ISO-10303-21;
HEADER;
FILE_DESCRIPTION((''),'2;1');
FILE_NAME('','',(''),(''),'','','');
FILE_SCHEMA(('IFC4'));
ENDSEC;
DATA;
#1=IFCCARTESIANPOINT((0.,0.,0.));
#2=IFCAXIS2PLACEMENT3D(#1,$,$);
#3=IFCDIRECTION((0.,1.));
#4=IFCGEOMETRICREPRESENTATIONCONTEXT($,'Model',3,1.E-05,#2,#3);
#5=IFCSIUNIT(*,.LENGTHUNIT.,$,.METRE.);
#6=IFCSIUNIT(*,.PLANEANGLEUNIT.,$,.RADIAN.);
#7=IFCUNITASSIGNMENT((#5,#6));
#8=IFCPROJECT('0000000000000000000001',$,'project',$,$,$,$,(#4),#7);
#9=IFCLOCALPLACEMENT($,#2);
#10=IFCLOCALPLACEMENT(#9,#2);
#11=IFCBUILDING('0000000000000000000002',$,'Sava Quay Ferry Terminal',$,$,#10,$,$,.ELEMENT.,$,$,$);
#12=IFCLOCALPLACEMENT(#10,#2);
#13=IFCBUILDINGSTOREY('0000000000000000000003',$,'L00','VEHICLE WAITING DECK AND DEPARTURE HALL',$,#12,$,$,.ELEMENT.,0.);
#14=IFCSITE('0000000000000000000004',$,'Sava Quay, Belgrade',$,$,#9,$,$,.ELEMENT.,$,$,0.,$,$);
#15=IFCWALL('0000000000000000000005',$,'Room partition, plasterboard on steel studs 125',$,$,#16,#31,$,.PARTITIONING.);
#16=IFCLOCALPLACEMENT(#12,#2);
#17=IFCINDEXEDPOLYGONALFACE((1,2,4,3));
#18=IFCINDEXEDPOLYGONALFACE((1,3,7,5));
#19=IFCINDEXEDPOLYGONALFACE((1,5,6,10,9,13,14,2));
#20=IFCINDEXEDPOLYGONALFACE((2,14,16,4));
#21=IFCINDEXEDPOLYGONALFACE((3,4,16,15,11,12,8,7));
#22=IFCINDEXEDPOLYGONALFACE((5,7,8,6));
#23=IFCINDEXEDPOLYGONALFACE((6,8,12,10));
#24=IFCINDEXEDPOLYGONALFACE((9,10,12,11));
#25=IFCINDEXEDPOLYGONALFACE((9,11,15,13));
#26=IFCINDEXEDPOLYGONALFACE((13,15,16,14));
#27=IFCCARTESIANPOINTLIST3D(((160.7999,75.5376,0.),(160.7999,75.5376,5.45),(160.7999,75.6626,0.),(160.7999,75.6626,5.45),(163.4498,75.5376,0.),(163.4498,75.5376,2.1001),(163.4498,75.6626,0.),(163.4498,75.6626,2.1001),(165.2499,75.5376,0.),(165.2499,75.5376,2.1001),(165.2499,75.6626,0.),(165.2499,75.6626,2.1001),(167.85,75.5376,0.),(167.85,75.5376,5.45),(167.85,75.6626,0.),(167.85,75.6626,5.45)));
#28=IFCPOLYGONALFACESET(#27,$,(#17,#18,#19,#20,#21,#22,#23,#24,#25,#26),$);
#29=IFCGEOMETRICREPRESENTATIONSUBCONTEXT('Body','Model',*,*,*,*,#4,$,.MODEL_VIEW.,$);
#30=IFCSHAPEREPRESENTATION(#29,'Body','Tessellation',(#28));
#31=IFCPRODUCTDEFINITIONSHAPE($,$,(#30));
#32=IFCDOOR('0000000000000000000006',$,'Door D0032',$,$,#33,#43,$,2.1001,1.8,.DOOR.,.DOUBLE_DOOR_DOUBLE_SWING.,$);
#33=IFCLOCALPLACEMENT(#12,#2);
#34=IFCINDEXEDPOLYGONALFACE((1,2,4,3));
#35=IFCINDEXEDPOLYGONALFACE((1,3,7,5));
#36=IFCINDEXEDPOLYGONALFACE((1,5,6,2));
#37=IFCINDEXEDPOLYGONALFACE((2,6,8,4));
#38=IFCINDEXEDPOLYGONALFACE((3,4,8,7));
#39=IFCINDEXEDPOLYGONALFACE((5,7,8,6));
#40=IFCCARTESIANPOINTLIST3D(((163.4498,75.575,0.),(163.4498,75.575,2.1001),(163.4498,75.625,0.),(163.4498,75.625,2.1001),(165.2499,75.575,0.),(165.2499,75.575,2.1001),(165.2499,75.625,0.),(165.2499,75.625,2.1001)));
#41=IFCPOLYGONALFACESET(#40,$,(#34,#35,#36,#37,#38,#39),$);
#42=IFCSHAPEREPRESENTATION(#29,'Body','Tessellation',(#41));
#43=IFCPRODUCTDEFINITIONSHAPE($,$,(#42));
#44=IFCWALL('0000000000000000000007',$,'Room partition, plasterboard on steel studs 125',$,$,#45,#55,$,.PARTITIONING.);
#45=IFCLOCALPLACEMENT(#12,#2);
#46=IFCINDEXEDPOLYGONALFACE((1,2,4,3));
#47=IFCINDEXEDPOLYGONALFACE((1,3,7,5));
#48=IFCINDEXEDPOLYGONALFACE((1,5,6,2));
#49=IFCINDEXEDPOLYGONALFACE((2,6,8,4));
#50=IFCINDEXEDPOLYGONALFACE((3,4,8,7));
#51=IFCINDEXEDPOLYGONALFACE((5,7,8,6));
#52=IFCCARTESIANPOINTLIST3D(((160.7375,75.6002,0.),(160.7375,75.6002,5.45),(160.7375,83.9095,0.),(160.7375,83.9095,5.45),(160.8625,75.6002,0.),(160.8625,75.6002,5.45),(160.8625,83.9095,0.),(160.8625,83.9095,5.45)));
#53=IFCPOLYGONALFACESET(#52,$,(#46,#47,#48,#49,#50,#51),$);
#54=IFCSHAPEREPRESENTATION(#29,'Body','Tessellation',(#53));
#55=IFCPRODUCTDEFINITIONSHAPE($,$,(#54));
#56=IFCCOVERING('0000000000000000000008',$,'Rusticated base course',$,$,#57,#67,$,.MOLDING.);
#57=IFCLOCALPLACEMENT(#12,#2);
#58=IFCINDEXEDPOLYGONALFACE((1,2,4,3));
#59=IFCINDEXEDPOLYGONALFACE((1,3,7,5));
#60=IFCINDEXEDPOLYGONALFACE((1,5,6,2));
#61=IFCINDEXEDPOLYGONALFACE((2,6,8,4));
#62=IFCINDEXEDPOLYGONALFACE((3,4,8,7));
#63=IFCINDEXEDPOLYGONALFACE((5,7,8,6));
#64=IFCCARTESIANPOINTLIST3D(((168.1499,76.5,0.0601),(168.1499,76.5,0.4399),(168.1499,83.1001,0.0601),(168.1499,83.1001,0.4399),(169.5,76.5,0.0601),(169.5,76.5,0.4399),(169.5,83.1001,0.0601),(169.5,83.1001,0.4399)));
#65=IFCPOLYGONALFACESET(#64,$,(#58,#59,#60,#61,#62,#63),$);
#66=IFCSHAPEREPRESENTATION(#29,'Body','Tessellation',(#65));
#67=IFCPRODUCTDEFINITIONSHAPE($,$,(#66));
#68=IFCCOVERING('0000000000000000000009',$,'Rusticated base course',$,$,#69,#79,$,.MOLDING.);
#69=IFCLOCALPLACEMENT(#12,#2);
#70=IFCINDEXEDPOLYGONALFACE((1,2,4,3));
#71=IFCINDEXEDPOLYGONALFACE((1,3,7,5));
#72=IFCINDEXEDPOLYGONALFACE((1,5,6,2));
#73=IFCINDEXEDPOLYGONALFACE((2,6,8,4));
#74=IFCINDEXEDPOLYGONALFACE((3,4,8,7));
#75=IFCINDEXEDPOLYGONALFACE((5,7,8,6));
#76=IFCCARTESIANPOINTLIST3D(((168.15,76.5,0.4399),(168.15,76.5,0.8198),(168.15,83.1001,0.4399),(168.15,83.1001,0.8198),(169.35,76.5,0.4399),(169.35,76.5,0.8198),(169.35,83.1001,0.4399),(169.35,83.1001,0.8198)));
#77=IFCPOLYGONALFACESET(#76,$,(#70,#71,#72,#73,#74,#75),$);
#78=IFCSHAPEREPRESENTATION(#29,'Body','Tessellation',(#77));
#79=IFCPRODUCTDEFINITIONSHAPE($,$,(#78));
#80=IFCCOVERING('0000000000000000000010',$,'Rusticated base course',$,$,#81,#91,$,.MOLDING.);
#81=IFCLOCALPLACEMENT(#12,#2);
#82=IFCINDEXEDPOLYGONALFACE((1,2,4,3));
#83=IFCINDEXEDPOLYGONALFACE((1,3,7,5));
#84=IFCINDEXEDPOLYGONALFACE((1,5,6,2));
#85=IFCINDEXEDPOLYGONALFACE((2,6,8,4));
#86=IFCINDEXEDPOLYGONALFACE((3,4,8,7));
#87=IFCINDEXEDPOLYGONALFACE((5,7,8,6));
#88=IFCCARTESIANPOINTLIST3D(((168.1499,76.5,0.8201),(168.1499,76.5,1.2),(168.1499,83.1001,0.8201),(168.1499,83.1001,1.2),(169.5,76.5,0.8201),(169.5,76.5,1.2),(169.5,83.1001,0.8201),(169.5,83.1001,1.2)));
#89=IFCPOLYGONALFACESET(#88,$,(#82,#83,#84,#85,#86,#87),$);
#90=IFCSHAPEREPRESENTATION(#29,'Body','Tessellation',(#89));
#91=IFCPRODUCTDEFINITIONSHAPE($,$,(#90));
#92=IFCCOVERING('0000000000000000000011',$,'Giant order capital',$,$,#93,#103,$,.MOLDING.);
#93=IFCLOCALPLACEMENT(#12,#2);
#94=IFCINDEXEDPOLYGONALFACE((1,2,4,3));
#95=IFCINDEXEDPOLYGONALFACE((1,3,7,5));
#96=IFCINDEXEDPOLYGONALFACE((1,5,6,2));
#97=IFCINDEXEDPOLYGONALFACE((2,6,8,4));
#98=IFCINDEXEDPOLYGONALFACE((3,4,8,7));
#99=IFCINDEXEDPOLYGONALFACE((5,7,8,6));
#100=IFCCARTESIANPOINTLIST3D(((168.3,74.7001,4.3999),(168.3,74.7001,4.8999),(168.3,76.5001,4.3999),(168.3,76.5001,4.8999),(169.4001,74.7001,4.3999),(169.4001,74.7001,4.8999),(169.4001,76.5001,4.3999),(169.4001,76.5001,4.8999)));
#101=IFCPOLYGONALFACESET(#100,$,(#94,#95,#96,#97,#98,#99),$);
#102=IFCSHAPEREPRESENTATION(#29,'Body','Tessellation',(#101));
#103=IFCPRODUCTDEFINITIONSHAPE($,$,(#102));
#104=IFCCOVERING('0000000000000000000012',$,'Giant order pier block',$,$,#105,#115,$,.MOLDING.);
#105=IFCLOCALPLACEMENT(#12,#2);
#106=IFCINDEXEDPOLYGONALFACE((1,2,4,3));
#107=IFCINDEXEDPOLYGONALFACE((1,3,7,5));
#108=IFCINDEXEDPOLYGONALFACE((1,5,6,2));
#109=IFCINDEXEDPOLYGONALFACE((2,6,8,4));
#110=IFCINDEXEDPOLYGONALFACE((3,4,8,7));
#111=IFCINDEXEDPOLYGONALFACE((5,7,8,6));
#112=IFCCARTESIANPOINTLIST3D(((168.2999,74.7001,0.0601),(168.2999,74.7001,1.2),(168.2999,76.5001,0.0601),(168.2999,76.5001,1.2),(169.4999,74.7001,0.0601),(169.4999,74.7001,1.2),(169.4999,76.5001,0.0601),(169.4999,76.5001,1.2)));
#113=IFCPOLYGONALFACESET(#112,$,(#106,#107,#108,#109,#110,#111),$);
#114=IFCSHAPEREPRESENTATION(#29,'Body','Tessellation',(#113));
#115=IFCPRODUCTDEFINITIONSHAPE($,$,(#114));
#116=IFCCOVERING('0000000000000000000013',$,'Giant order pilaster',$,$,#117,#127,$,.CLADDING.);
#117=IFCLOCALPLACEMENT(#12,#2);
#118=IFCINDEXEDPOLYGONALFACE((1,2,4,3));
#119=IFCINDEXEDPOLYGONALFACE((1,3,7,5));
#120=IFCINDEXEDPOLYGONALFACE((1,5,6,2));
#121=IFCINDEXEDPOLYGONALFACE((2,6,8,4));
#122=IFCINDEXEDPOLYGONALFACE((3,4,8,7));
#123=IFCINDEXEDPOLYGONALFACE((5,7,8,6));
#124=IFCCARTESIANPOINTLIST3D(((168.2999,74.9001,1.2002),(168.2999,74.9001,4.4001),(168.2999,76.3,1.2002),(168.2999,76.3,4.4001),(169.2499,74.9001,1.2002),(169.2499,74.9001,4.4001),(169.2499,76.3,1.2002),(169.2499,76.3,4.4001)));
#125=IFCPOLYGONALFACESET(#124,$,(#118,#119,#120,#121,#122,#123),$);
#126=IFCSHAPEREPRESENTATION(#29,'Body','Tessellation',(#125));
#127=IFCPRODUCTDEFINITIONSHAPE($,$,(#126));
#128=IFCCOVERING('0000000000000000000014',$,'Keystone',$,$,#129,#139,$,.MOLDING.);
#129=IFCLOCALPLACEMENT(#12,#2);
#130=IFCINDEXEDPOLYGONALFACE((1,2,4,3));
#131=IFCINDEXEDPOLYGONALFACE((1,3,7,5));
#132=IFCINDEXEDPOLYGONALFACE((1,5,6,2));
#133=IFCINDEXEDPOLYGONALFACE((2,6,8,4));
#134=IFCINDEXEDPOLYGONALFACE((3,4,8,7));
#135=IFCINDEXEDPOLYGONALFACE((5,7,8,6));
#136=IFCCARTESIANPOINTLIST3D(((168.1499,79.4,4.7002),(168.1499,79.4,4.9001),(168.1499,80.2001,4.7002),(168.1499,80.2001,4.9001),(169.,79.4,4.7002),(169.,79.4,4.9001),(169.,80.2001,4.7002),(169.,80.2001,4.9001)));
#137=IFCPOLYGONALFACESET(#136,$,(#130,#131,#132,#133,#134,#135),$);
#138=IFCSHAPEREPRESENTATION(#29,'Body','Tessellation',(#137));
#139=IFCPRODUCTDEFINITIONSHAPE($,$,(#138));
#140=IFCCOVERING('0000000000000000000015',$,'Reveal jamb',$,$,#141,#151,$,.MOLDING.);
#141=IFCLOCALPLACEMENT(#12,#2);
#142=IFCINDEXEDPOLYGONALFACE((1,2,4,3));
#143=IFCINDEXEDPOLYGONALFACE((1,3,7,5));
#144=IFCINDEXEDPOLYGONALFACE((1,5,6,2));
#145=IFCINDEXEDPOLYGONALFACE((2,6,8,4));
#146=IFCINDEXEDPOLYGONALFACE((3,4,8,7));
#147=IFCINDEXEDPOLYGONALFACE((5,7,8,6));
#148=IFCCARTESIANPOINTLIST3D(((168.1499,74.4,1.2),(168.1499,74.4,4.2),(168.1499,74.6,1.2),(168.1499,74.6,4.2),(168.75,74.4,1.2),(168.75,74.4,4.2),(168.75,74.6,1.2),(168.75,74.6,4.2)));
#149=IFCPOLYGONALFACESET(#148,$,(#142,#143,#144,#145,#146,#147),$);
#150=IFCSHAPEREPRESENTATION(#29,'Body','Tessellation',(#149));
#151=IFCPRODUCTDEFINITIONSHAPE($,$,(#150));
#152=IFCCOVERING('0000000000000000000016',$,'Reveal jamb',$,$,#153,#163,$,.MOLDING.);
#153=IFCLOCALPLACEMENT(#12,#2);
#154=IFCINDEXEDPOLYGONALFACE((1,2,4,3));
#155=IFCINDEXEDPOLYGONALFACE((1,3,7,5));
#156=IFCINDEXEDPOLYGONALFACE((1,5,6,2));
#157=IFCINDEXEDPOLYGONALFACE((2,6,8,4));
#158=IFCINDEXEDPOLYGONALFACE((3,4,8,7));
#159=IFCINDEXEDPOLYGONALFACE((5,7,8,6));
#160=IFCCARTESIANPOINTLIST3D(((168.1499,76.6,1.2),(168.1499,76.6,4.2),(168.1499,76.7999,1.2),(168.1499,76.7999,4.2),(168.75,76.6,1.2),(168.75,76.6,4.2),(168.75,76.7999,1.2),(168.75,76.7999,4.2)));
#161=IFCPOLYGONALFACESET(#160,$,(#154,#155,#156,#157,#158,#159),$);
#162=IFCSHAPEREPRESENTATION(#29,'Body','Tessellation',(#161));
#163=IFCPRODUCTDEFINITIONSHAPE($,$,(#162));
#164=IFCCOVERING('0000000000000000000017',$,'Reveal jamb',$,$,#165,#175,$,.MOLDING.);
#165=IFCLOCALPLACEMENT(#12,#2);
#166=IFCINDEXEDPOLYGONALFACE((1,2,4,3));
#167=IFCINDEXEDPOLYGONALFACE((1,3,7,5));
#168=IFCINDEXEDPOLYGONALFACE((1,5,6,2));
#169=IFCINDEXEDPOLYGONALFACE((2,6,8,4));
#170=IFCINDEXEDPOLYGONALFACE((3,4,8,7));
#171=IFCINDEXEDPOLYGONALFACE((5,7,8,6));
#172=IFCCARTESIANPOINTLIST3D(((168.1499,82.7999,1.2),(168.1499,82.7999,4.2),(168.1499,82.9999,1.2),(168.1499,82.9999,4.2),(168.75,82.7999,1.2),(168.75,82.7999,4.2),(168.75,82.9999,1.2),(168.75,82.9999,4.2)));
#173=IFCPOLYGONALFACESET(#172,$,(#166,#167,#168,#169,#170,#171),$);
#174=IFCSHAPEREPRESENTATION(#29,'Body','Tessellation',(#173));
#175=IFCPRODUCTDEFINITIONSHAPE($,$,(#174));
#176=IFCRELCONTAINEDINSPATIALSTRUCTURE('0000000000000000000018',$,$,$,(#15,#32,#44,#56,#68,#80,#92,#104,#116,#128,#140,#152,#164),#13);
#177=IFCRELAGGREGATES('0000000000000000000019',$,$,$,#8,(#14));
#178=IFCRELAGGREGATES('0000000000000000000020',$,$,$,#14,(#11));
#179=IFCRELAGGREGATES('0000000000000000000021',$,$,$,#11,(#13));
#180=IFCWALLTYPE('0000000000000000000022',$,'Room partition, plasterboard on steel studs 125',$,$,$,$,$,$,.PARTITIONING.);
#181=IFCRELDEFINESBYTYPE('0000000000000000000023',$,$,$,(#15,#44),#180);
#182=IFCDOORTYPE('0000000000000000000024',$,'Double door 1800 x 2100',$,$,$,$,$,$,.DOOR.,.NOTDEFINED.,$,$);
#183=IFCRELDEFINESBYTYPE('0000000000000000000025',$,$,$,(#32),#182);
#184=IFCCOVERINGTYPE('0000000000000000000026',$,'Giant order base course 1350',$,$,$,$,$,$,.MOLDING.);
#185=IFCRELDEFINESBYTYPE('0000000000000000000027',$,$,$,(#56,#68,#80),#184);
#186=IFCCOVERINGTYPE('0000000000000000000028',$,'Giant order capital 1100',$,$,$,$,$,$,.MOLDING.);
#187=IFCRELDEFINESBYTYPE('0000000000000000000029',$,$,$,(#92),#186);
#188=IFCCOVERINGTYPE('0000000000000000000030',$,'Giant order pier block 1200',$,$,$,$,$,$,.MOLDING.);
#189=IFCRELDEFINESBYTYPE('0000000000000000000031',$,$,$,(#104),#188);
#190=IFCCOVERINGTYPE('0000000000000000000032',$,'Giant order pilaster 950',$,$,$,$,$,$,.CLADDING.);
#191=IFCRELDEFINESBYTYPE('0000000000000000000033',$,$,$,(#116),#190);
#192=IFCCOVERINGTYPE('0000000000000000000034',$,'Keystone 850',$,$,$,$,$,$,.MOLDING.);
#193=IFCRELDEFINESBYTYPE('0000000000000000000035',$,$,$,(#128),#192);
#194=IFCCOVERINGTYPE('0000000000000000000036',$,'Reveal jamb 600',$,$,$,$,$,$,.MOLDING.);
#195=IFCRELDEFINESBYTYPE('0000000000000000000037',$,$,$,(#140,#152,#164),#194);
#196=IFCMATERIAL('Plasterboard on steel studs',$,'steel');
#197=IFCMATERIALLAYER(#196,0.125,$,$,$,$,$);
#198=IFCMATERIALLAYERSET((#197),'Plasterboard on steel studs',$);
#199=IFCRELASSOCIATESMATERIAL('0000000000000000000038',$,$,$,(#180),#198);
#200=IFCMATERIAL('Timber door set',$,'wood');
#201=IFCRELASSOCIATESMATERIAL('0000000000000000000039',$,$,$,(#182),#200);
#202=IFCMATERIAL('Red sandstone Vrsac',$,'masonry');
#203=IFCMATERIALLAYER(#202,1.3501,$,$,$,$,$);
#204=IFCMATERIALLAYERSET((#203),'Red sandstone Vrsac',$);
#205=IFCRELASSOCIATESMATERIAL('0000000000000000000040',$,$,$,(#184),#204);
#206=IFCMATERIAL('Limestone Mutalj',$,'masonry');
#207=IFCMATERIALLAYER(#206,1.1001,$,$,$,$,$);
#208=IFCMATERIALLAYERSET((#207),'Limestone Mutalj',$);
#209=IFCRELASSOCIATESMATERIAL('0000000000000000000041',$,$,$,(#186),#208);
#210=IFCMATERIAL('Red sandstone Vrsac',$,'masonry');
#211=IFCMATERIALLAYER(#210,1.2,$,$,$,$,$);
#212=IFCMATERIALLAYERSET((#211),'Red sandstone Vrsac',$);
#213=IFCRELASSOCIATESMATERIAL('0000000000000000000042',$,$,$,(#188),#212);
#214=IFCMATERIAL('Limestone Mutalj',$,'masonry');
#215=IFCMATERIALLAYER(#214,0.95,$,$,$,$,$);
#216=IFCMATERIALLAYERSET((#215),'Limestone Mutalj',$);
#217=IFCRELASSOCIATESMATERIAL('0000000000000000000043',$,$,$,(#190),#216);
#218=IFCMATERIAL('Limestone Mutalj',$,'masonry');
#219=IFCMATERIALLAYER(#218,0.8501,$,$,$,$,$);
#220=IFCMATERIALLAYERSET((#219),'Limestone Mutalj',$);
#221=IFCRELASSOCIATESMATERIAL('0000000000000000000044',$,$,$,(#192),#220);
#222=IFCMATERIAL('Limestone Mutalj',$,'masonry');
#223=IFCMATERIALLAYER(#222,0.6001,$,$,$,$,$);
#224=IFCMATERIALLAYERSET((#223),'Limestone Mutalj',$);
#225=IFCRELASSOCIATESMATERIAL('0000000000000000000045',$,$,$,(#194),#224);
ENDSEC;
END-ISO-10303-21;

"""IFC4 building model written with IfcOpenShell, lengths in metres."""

from ifc_helpers import new_model, si_unit, direction, frame, frame_2d, origin, origin_2d, place, context, subcontext, project, spatial, rectangle, extrude, material, layer, layer_set, type_object, element, fill, save


model = new_model("IFC4")

# Units and contexts
model_context = context("Model", 3, precision=1e-05, world=origin(), true_north=direction((0.0, 1.0)))
body_context = subcontext(model_context, "Body", "Model", "MODEL_VIEW")
ifc_project = project(units=[si_unit("LENGTHUNIT", "METRE"), si_unit("PLANEANGLEUNIT", "RADIAN")], contexts=[model_context])

# Site, building, storey
site_placement = place(None, origin())
site = spatial("IfcSite", under=ifc_project, at=site_placement, Name="Sava Quay, Belgrade", CompositionType="ELEMENT", RefElevation=0.0)
building_placement = place(site_placement, origin())
building = spatial("IfcBuilding", under=site, at=building_placement, Name="Sava Quay Ferry Terminal", CompositionType="ELEMENT")
storey_placement = place(building_placement, origin())
storey = spatial("IfcBuildingStorey", under=building, at=storey_placement, Name="L00", Description="VEHICLE WAITING DECK AND DEPARTURE HALL", CompositionType="ELEMENT", Elevation=0.0)

# Shared definitions
ifc_material_1 = material(Name="Plasterboard on steel studs", Category="steel")
ifc_layer_1 = layer(ifc_material_1, 0.125)
ifc_layer_set_1 = layer_set([ifc_layer_1], Name="Plasterboard on steel studs")
wall_type_1 = type_object("IfcWallType", Name="Room partition, plasterboard on steel studs 125", PredefinedType="PARTITIONING", material=ifc_layer_set_1)

# Wall, opening, door
wall_1_placement = place(storey_placement, frame((160.8, 75.6001, 0.0), z_axis=(0.0, 0.0, 1.0), x_axis=(1.0, 0.0, 0.0)))
wall_1 = element("IfcWall", 1, at=wall_1_placement, inside=storey, type_object=wall_type_1, Name="Room partition, plasterboard on steel studs 125", PredefinedType="PARTITIONING", context=body_context, shape_type="SweptSolid", body=[
    extrude(rectangle(XDim=7.05, YDim=0.125, at=frame_2d((3.5249, 0.0))), origin(), (0.0, 0.0, 1.0), 5.45),
])
opening_1_placement = place(wall_1_placement, frame((2.6499, 0.0, 0.0)))
opening_1 = element("IfcOpeningElement", 2, at=opening_1_placement, cuts=wall_1, PredefinedType="OPENING", context=body_context, shape_type="SweptSolid", body=[
    extrude(rectangle(XDim=1.8, YDim=2.1001, at=frame_2d((0.8999, 1.05))), frame((0.0, 0.0625, 0.0), z_axis=(0.0, -1.0, 0.0), x_axis=(1.0, 0.0, 0.0)), (0.0, 0.0, 1.0), 0.125),
])
ifc_material_2 = material(Name="Timber door set", Category="wood")
door_type = type_object("IfcDoorType", Name="Double door 1800 x 2100", OperationType="NOTDEFINED", PredefinedType="DOOR", material=ifc_material_2)
door_placement = place(opening_1_placement, origin())
door = element("IfcDoor", 3, at=door_placement, inside=storey, type_object=door_type, Name="Door D0032", OperationType="DOUBLE_DOOR_DOUBLE_SWING", OverallHeight=2.1001, OverallWidth=1.8, PredefinedType="DOOR", context=body_context, shape_type="SweptSolid", body=[
    extrude(rectangle(XDim=1.8, YDim=2.1001, at=frame_2d((0.8999, 1.05))), frame((0.0, 0.0249, 0.0), z_axis=(0.0, -1.0, 0.0), x_axis=(1.0, 0.0, 0.0)), (0.0, 0.0, 1.0), 0.05),
])
fill(opening_1, door)

# Wall
wall_2_placement = place(storey_placement, frame((160.8, 75.6001, 0.0), z_axis=(0.0, 0.0, 1.0), x_axis=(0.0, 1.0, 0.0)))
element("IfcWall", 4, at=wall_2_placement, inside=storey, type_object=wall_type_1, Name="Room partition, plasterboard on steel studs 125", PredefinedType="PARTITIONING", context=body_context, shape_type="SweptSolid", body=[
    extrude(rectangle(XDim=8.3093, YDim=0.125, at=frame_2d((4.1548, 0.0))), origin(), (0.0, 0.0, 1.0), 5.45),
])

# Coverings
ifc_material_3 = material(Name="Red sandstone Vrsac", Category="masonry")
ifc_layer_2 = layer(ifc_material_3, 1.3501)
ifc_layer_set_2 = layer_set([ifc_layer_2], Name="Red sandstone Vrsac")
covering_type_1 = type_object("IfcCoveringType", Name="Giant order base course 1350", PredefinedType="MOLDING", material=ifc_layer_set_2)
covering_1_placement = place(storey_placement, frame((168.825, 79.8, 0.0601), z_axis=(0.0, 0.0, 1.0), x_axis=(1.0, 0.0, 0.0)))
element("IfcCovering", 5, at=covering_1_placement, inside=storey, type_object=covering_type_1, Name="Rusticated base course", PredefinedType="MOLDING", context=body_context, shape_type="SweptSolid", body=[
    extrude(rectangle(XDim=1.3501, YDim=6.6001, at=origin_2d()), origin(), (0.0, 0.0, 1.0), 0.3799),
])
covering_2_placement = place(storey_placement, frame((168.75, 79.8, 0.4399), z_axis=(0.0, 0.0, 1.0), x_axis=(1.0, 0.0, 0.0)))
element("IfcCovering", 6, at=covering_2_placement, inside=storey, type_object=covering_type_1, Name="Rusticated base course", PredefinedType="MOLDING", context=body_context, shape_type="SweptSolid", body=[
    extrude(rectangle(XDim=1.2, YDim=6.6001, at=origin_2d()), origin(), (0.0, 0.0, 1.0), 0.3799),
])
covering_3_placement = place(storey_placement, frame((168.825, 79.8, 0.8201), z_axis=(0.0, 0.0, 1.0), x_axis=(1.0, 0.0, 0.0)))
element("IfcCovering", 7, at=covering_3_placement, inside=storey, type_object=covering_type_1, Name="Rusticated base course", PredefinedType="MOLDING", context=body_context, shape_type="SweptSolid", body=[
    extrude(rectangle(XDim=1.3501, YDim=6.6001, at=origin_2d()), origin(), (0.0, 0.0, 1.0), 0.3799),
])
ifc_material_4 = material(Name="Limestone Mutalj", Category="masonry")
ifc_layer_3 = layer(ifc_material_4, 1.1001)
ifc_layer_set_3 = layer_set([ifc_layer_3], Name="Limestone Mutalj")
covering_type_2 = type_object("IfcCoveringType", Name="Giant order capital 1100", PredefinedType="MOLDING", material=ifc_layer_set_3)
covering_4_placement = place(storey_placement, frame((168.8501, 75.6001, 4.3999), z_axis=(0.0, 0.0, 1.0), x_axis=(1.0, 0.0, 0.0)))
element("IfcCovering", 8, at=covering_4_placement, inside=storey, type_object=covering_type_2, Name="Giant order capital", PredefinedType="MOLDING", context=body_context, shape_type="SweptSolid", body=[
    extrude(rectangle(XDim=1.1001, YDim=1.8, at=origin_2d()), origin(), (0.0, 0.0, 1.0), 0.5),
])
ifc_material_5 = material(Name="Red sandstone Vrsac", Category="masonry")
ifc_layer_4 = layer(ifc_material_5, 1.2)
ifc_layer_set_4 = layer_set([ifc_layer_4], Name="Red sandstone Vrsac")
covering_type_3 = type_object("IfcCoveringType", Name="Giant order pier block 1200", PredefinedType="MOLDING", material=ifc_layer_set_4)
covering_5_placement = place(storey_placement, frame((168.8999, 75.6001, 0.0601), z_axis=(0.0, 0.0, 1.0), x_axis=(1.0, 0.0, 0.0)))
element("IfcCovering", 9, at=covering_5_placement, inside=storey, type_object=covering_type_3, Name="Giant order pier block", PredefinedType="MOLDING", context=body_context, shape_type="SweptSolid", body=[
    extrude(rectangle(XDim=1.2, YDim=1.8, at=origin_2d()), origin(), (0.0, 0.0, 1.0), 1.1399),
])
ifc_material_6 = material(Name="Limestone Mutalj", Category="masonry")
ifc_layer_5 = layer(ifc_material_6, 0.95)
ifc_layer_set_5 = layer_set([ifc_layer_5], Name="Limestone Mutalj")
covering_type_4 = type_object("IfcCoveringType", Name="Giant order pilaster 950", PredefinedType="CLADDING", material=ifc_layer_set_5)
covering_6_placement = place(storey_placement, frame((168.7749, 75.6001, 1.2002), z_axis=(0.0, 0.0, 1.0), x_axis=(1.0, 0.0, 0.0)))
element("IfcCovering", 10, at=covering_6_placement, inside=storey, type_object=covering_type_4, Name="Giant order pilaster", PredefinedType="CLADDING", context=body_context, shape_type="SweptSolid", body=[
    extrude(rectangle(XDim=0.95, YDim=1.3999, at=origin_2d()), origin(), (0.0, 0.0, 1.0), 3.2),
])
ifc_material_7 = material(Name="Limestone Mutalj", Category="masonry")
ifc_layer_6 = layer(ifc_material_7, 0.8501)
ifc_layer_set_6 = layer_set([ifc_layer_6], Name="Limestone Mutalj")
covering_type_5 = type_object("IfcCoveringType", Name="Keystone 850", PredefinedType="MOLDING", material=ifc_layer_set_6)
covering_7_placement = place(storey_placement, frame((168.575, 79.8, 4.7002), z_axis=(0.0, 0.0, 1.0), x_axis=(1.0, 0.0, 0.0)))
element("IfcCovering", 11, at=covering_7_placement, inside=storey, type_object=covering_type_5, Name="Keystone", PredefinedType="MOLDING", context=body_context, shape_type="SweptSolid", body=[
    extrude(rectangle(XDim=0.8501, YDim=0.8, at=origin_2d()), origin(), (0.0, 0.0, 1.0), 0.2),
])
ifc_material_8 = material(Name="Limestone Mutalj", Category="masonry")
ifc_layer_7 = layer(ifc_material_8, 0.6001)
ifc_layer_set_7 = layer_set([ifc_layer_7], Name="Limestone Mutalj")
covering_type_6 = type_object("IfcCoveringType", Name="Reveal jamb 600", PredefinedType="MOLDING", material=ifc_layer_set_7)
for number, where, z_axis, x_axis, name in (
    (12, (168.45, 74.5, 1.2), (0.0, 0.0, 1.0), (1.0, 0.0, 0.0), "Reveal jamb"),
    (13, (168.45, 76.7, 1.2), (0.0, 0.0, 1.0), (1.0, 0.0, 0.0), "Reveal jamb"),
    (14, (168.45, 82.8999, 1.2), (0.0, 0.0, 1.0), (1.0, 0.0, 0.0), "Reveal jamb"),
):
    element("IfcCovering", number, at=place(storey_placement, frame(where, z_axis=z_axis, x_axis=x_axis)), inside=storey, type_object=covering_type_6, Name=name, PredefinedType="MOLDING", context=body_context, shape_type="SweptSolid", body=[
        extrude(rectangle(XDim=0.6001, YDim=0.2, at=origin_2d()), origin(), (0.0, 0.0, 1.0), 3.0),
    ])

save(model, "model.ifc")
